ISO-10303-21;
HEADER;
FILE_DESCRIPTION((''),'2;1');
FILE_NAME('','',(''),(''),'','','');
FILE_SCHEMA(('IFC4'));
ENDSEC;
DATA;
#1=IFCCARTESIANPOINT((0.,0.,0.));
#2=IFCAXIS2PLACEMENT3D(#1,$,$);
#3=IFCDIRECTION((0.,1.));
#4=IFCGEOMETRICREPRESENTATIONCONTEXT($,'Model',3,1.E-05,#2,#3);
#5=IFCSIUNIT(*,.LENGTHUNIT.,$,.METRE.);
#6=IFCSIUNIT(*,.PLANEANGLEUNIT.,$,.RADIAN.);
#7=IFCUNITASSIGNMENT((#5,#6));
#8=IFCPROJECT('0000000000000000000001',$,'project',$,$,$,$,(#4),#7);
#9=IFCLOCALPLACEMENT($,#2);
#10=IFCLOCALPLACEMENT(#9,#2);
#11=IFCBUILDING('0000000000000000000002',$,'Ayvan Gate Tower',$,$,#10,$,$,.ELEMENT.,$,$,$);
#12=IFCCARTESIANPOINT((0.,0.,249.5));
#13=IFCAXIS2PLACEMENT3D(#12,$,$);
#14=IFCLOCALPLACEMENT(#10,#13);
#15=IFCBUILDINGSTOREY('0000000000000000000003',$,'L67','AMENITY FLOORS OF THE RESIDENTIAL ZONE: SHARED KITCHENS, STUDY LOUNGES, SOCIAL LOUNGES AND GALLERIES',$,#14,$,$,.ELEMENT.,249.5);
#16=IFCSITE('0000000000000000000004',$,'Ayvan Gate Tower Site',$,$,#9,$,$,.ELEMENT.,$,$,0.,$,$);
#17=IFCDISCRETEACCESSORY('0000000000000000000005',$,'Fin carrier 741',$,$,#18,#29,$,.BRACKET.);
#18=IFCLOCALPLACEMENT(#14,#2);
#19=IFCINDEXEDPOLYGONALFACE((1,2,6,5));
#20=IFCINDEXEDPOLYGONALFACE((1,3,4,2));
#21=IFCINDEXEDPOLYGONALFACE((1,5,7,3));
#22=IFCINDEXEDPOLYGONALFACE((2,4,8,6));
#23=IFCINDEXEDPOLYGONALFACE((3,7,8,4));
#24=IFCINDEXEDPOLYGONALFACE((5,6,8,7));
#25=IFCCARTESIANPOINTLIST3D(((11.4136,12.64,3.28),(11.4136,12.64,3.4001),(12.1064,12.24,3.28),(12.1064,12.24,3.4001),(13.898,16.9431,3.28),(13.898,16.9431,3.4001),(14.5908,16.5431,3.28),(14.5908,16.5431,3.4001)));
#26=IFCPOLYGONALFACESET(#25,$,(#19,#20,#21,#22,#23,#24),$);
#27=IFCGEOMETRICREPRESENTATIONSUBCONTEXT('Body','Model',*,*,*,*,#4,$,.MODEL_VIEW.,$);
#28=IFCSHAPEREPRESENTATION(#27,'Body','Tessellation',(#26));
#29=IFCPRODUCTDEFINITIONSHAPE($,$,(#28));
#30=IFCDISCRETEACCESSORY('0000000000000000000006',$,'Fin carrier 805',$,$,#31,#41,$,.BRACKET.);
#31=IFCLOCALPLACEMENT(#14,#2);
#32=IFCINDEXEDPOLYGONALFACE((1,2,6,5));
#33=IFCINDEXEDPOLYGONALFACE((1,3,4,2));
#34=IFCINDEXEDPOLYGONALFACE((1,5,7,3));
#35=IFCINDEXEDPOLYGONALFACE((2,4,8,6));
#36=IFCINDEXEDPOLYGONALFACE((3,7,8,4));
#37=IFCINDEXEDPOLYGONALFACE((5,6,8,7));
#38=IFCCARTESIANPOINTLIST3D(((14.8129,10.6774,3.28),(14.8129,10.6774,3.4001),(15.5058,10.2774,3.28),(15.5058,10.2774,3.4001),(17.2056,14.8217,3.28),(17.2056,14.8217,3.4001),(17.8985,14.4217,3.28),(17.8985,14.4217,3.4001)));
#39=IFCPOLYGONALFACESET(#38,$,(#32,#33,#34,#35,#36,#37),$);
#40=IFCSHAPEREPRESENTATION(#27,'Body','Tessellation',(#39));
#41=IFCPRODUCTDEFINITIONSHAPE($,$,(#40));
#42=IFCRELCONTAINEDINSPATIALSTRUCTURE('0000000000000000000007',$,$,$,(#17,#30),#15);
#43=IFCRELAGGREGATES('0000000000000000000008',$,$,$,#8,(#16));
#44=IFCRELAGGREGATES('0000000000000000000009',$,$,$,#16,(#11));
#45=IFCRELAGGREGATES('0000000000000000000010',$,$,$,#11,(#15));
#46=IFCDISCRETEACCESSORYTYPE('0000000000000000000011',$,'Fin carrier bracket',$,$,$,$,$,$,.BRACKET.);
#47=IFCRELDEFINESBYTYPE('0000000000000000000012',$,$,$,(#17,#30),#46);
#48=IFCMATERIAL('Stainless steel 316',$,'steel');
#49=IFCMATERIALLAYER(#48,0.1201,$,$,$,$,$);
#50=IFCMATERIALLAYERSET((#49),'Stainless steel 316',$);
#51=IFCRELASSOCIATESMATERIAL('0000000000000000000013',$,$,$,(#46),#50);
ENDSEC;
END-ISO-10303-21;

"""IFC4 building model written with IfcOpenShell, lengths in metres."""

from ifc_helpers import new_model, si_unit, direction, frame, origin, origin_2d, place, context, subcontext, project, spatial, rectangle, extrude, material, layer, layer_set, type_object, element, save


model = new_model("IFC4")

# Units and contexts
model_context = context("Model", 3, precision=1e-05, world=origin(), true_north=direction((0.0, 1.0)))
body_context = subcontext(model_context, "Body", "Model", "MODEL_VIEW")
ifc_project = project(units=[si_unit("LENGTHUNIT", "METRE"), si_unit("PLANEANGLEUNIT", "RADIAN")], contexts=[model_context])

# Site, building, storey
site_placement = place(None, origin())
site = spatial("IfcSite", under=ifc_project, at=site_placement, Name="Ayvan Gate Tower Site", CompositionType="ELEMENT", RefElevation=0.0)
building_placement = place(site_placement, origin())
building = spatial("IfcBuilding", under=site, at=building_placement, Name="Ayvan Gate Tower", CompositionType="ELEMENT")
storey_placement = place(building_placement, frame((0.0, 0.0, 249.5)))
storey = spatial("IfcBuildingStorey", under=building, at=storey_placement, Name="L67", Description="AMENITY FLOORS OF THE RESIDENTIAL ZONE: SHARED KITCHENS, STUDY LOUNGES, SOCIAL LOUNGES AND GALLERIES", CompositionType="ELEMENT", Elevation=249.5)

# Discrete accessories
ifc_material_1 = material(Name="Stainless steel 316", Category="steel")
ifc_layer_1 = layer(ifc_material_1, 0.1201)
ifc_layer_set_1 = layer_set([ifc_layer_1], Name="Stainless steel 316")
discrete_accessory_type = type_object("IfcDiscreteAccessoryType", Name="Fin carrier bracket", PredefinedType="BRACKET", material=ifc_layer_set_1)
discrete_accessory_1_placement = place(storey_placement, frame((13.0022, 14.5916, 3.28), z_axis=(0.0, 0.0, 1.0), x_axis=(-0.866025, 0.5, 0.0)))
element("IfcDiscreteAccessory", 1, at=discrete_accessory_1_placement, inside=storey, type_object=discrete_accessory_type, Name="Fin carrier 741", PredefinedType="BRACKET", context=body_context, shape_type="SweptSolid", body=[
    extrude(rectangle(XDim=0.8, YDim=4.9688, at=origin_2d()), origin(), (0.0, 0.0, 1.0), 0.1201),
])
discrete_accessory_2_placement = place(storey_placement, frame((16.3557, 12.5496, 3.28), z_axis=(0.0, 0.0, 1.0), x_axis=(-0.866025, 0.5, 0.0)))
element("IfcDiscreteAccessory", 2, at=discrete_accessory_2_placement, inside=storey, type_object=discrete_accessory_type, Name="Fin carrier 805", PredefinedType="BRACKET", context=body_context, shape_type="SweptSolid", body=[
    extrude(rectangle(XDim=0.8, YDim=4.7854, at=origin_2d()), origin(), (0.0, 0.0, 1.0), 0.1201),
])

save(model, "model.ifc")
